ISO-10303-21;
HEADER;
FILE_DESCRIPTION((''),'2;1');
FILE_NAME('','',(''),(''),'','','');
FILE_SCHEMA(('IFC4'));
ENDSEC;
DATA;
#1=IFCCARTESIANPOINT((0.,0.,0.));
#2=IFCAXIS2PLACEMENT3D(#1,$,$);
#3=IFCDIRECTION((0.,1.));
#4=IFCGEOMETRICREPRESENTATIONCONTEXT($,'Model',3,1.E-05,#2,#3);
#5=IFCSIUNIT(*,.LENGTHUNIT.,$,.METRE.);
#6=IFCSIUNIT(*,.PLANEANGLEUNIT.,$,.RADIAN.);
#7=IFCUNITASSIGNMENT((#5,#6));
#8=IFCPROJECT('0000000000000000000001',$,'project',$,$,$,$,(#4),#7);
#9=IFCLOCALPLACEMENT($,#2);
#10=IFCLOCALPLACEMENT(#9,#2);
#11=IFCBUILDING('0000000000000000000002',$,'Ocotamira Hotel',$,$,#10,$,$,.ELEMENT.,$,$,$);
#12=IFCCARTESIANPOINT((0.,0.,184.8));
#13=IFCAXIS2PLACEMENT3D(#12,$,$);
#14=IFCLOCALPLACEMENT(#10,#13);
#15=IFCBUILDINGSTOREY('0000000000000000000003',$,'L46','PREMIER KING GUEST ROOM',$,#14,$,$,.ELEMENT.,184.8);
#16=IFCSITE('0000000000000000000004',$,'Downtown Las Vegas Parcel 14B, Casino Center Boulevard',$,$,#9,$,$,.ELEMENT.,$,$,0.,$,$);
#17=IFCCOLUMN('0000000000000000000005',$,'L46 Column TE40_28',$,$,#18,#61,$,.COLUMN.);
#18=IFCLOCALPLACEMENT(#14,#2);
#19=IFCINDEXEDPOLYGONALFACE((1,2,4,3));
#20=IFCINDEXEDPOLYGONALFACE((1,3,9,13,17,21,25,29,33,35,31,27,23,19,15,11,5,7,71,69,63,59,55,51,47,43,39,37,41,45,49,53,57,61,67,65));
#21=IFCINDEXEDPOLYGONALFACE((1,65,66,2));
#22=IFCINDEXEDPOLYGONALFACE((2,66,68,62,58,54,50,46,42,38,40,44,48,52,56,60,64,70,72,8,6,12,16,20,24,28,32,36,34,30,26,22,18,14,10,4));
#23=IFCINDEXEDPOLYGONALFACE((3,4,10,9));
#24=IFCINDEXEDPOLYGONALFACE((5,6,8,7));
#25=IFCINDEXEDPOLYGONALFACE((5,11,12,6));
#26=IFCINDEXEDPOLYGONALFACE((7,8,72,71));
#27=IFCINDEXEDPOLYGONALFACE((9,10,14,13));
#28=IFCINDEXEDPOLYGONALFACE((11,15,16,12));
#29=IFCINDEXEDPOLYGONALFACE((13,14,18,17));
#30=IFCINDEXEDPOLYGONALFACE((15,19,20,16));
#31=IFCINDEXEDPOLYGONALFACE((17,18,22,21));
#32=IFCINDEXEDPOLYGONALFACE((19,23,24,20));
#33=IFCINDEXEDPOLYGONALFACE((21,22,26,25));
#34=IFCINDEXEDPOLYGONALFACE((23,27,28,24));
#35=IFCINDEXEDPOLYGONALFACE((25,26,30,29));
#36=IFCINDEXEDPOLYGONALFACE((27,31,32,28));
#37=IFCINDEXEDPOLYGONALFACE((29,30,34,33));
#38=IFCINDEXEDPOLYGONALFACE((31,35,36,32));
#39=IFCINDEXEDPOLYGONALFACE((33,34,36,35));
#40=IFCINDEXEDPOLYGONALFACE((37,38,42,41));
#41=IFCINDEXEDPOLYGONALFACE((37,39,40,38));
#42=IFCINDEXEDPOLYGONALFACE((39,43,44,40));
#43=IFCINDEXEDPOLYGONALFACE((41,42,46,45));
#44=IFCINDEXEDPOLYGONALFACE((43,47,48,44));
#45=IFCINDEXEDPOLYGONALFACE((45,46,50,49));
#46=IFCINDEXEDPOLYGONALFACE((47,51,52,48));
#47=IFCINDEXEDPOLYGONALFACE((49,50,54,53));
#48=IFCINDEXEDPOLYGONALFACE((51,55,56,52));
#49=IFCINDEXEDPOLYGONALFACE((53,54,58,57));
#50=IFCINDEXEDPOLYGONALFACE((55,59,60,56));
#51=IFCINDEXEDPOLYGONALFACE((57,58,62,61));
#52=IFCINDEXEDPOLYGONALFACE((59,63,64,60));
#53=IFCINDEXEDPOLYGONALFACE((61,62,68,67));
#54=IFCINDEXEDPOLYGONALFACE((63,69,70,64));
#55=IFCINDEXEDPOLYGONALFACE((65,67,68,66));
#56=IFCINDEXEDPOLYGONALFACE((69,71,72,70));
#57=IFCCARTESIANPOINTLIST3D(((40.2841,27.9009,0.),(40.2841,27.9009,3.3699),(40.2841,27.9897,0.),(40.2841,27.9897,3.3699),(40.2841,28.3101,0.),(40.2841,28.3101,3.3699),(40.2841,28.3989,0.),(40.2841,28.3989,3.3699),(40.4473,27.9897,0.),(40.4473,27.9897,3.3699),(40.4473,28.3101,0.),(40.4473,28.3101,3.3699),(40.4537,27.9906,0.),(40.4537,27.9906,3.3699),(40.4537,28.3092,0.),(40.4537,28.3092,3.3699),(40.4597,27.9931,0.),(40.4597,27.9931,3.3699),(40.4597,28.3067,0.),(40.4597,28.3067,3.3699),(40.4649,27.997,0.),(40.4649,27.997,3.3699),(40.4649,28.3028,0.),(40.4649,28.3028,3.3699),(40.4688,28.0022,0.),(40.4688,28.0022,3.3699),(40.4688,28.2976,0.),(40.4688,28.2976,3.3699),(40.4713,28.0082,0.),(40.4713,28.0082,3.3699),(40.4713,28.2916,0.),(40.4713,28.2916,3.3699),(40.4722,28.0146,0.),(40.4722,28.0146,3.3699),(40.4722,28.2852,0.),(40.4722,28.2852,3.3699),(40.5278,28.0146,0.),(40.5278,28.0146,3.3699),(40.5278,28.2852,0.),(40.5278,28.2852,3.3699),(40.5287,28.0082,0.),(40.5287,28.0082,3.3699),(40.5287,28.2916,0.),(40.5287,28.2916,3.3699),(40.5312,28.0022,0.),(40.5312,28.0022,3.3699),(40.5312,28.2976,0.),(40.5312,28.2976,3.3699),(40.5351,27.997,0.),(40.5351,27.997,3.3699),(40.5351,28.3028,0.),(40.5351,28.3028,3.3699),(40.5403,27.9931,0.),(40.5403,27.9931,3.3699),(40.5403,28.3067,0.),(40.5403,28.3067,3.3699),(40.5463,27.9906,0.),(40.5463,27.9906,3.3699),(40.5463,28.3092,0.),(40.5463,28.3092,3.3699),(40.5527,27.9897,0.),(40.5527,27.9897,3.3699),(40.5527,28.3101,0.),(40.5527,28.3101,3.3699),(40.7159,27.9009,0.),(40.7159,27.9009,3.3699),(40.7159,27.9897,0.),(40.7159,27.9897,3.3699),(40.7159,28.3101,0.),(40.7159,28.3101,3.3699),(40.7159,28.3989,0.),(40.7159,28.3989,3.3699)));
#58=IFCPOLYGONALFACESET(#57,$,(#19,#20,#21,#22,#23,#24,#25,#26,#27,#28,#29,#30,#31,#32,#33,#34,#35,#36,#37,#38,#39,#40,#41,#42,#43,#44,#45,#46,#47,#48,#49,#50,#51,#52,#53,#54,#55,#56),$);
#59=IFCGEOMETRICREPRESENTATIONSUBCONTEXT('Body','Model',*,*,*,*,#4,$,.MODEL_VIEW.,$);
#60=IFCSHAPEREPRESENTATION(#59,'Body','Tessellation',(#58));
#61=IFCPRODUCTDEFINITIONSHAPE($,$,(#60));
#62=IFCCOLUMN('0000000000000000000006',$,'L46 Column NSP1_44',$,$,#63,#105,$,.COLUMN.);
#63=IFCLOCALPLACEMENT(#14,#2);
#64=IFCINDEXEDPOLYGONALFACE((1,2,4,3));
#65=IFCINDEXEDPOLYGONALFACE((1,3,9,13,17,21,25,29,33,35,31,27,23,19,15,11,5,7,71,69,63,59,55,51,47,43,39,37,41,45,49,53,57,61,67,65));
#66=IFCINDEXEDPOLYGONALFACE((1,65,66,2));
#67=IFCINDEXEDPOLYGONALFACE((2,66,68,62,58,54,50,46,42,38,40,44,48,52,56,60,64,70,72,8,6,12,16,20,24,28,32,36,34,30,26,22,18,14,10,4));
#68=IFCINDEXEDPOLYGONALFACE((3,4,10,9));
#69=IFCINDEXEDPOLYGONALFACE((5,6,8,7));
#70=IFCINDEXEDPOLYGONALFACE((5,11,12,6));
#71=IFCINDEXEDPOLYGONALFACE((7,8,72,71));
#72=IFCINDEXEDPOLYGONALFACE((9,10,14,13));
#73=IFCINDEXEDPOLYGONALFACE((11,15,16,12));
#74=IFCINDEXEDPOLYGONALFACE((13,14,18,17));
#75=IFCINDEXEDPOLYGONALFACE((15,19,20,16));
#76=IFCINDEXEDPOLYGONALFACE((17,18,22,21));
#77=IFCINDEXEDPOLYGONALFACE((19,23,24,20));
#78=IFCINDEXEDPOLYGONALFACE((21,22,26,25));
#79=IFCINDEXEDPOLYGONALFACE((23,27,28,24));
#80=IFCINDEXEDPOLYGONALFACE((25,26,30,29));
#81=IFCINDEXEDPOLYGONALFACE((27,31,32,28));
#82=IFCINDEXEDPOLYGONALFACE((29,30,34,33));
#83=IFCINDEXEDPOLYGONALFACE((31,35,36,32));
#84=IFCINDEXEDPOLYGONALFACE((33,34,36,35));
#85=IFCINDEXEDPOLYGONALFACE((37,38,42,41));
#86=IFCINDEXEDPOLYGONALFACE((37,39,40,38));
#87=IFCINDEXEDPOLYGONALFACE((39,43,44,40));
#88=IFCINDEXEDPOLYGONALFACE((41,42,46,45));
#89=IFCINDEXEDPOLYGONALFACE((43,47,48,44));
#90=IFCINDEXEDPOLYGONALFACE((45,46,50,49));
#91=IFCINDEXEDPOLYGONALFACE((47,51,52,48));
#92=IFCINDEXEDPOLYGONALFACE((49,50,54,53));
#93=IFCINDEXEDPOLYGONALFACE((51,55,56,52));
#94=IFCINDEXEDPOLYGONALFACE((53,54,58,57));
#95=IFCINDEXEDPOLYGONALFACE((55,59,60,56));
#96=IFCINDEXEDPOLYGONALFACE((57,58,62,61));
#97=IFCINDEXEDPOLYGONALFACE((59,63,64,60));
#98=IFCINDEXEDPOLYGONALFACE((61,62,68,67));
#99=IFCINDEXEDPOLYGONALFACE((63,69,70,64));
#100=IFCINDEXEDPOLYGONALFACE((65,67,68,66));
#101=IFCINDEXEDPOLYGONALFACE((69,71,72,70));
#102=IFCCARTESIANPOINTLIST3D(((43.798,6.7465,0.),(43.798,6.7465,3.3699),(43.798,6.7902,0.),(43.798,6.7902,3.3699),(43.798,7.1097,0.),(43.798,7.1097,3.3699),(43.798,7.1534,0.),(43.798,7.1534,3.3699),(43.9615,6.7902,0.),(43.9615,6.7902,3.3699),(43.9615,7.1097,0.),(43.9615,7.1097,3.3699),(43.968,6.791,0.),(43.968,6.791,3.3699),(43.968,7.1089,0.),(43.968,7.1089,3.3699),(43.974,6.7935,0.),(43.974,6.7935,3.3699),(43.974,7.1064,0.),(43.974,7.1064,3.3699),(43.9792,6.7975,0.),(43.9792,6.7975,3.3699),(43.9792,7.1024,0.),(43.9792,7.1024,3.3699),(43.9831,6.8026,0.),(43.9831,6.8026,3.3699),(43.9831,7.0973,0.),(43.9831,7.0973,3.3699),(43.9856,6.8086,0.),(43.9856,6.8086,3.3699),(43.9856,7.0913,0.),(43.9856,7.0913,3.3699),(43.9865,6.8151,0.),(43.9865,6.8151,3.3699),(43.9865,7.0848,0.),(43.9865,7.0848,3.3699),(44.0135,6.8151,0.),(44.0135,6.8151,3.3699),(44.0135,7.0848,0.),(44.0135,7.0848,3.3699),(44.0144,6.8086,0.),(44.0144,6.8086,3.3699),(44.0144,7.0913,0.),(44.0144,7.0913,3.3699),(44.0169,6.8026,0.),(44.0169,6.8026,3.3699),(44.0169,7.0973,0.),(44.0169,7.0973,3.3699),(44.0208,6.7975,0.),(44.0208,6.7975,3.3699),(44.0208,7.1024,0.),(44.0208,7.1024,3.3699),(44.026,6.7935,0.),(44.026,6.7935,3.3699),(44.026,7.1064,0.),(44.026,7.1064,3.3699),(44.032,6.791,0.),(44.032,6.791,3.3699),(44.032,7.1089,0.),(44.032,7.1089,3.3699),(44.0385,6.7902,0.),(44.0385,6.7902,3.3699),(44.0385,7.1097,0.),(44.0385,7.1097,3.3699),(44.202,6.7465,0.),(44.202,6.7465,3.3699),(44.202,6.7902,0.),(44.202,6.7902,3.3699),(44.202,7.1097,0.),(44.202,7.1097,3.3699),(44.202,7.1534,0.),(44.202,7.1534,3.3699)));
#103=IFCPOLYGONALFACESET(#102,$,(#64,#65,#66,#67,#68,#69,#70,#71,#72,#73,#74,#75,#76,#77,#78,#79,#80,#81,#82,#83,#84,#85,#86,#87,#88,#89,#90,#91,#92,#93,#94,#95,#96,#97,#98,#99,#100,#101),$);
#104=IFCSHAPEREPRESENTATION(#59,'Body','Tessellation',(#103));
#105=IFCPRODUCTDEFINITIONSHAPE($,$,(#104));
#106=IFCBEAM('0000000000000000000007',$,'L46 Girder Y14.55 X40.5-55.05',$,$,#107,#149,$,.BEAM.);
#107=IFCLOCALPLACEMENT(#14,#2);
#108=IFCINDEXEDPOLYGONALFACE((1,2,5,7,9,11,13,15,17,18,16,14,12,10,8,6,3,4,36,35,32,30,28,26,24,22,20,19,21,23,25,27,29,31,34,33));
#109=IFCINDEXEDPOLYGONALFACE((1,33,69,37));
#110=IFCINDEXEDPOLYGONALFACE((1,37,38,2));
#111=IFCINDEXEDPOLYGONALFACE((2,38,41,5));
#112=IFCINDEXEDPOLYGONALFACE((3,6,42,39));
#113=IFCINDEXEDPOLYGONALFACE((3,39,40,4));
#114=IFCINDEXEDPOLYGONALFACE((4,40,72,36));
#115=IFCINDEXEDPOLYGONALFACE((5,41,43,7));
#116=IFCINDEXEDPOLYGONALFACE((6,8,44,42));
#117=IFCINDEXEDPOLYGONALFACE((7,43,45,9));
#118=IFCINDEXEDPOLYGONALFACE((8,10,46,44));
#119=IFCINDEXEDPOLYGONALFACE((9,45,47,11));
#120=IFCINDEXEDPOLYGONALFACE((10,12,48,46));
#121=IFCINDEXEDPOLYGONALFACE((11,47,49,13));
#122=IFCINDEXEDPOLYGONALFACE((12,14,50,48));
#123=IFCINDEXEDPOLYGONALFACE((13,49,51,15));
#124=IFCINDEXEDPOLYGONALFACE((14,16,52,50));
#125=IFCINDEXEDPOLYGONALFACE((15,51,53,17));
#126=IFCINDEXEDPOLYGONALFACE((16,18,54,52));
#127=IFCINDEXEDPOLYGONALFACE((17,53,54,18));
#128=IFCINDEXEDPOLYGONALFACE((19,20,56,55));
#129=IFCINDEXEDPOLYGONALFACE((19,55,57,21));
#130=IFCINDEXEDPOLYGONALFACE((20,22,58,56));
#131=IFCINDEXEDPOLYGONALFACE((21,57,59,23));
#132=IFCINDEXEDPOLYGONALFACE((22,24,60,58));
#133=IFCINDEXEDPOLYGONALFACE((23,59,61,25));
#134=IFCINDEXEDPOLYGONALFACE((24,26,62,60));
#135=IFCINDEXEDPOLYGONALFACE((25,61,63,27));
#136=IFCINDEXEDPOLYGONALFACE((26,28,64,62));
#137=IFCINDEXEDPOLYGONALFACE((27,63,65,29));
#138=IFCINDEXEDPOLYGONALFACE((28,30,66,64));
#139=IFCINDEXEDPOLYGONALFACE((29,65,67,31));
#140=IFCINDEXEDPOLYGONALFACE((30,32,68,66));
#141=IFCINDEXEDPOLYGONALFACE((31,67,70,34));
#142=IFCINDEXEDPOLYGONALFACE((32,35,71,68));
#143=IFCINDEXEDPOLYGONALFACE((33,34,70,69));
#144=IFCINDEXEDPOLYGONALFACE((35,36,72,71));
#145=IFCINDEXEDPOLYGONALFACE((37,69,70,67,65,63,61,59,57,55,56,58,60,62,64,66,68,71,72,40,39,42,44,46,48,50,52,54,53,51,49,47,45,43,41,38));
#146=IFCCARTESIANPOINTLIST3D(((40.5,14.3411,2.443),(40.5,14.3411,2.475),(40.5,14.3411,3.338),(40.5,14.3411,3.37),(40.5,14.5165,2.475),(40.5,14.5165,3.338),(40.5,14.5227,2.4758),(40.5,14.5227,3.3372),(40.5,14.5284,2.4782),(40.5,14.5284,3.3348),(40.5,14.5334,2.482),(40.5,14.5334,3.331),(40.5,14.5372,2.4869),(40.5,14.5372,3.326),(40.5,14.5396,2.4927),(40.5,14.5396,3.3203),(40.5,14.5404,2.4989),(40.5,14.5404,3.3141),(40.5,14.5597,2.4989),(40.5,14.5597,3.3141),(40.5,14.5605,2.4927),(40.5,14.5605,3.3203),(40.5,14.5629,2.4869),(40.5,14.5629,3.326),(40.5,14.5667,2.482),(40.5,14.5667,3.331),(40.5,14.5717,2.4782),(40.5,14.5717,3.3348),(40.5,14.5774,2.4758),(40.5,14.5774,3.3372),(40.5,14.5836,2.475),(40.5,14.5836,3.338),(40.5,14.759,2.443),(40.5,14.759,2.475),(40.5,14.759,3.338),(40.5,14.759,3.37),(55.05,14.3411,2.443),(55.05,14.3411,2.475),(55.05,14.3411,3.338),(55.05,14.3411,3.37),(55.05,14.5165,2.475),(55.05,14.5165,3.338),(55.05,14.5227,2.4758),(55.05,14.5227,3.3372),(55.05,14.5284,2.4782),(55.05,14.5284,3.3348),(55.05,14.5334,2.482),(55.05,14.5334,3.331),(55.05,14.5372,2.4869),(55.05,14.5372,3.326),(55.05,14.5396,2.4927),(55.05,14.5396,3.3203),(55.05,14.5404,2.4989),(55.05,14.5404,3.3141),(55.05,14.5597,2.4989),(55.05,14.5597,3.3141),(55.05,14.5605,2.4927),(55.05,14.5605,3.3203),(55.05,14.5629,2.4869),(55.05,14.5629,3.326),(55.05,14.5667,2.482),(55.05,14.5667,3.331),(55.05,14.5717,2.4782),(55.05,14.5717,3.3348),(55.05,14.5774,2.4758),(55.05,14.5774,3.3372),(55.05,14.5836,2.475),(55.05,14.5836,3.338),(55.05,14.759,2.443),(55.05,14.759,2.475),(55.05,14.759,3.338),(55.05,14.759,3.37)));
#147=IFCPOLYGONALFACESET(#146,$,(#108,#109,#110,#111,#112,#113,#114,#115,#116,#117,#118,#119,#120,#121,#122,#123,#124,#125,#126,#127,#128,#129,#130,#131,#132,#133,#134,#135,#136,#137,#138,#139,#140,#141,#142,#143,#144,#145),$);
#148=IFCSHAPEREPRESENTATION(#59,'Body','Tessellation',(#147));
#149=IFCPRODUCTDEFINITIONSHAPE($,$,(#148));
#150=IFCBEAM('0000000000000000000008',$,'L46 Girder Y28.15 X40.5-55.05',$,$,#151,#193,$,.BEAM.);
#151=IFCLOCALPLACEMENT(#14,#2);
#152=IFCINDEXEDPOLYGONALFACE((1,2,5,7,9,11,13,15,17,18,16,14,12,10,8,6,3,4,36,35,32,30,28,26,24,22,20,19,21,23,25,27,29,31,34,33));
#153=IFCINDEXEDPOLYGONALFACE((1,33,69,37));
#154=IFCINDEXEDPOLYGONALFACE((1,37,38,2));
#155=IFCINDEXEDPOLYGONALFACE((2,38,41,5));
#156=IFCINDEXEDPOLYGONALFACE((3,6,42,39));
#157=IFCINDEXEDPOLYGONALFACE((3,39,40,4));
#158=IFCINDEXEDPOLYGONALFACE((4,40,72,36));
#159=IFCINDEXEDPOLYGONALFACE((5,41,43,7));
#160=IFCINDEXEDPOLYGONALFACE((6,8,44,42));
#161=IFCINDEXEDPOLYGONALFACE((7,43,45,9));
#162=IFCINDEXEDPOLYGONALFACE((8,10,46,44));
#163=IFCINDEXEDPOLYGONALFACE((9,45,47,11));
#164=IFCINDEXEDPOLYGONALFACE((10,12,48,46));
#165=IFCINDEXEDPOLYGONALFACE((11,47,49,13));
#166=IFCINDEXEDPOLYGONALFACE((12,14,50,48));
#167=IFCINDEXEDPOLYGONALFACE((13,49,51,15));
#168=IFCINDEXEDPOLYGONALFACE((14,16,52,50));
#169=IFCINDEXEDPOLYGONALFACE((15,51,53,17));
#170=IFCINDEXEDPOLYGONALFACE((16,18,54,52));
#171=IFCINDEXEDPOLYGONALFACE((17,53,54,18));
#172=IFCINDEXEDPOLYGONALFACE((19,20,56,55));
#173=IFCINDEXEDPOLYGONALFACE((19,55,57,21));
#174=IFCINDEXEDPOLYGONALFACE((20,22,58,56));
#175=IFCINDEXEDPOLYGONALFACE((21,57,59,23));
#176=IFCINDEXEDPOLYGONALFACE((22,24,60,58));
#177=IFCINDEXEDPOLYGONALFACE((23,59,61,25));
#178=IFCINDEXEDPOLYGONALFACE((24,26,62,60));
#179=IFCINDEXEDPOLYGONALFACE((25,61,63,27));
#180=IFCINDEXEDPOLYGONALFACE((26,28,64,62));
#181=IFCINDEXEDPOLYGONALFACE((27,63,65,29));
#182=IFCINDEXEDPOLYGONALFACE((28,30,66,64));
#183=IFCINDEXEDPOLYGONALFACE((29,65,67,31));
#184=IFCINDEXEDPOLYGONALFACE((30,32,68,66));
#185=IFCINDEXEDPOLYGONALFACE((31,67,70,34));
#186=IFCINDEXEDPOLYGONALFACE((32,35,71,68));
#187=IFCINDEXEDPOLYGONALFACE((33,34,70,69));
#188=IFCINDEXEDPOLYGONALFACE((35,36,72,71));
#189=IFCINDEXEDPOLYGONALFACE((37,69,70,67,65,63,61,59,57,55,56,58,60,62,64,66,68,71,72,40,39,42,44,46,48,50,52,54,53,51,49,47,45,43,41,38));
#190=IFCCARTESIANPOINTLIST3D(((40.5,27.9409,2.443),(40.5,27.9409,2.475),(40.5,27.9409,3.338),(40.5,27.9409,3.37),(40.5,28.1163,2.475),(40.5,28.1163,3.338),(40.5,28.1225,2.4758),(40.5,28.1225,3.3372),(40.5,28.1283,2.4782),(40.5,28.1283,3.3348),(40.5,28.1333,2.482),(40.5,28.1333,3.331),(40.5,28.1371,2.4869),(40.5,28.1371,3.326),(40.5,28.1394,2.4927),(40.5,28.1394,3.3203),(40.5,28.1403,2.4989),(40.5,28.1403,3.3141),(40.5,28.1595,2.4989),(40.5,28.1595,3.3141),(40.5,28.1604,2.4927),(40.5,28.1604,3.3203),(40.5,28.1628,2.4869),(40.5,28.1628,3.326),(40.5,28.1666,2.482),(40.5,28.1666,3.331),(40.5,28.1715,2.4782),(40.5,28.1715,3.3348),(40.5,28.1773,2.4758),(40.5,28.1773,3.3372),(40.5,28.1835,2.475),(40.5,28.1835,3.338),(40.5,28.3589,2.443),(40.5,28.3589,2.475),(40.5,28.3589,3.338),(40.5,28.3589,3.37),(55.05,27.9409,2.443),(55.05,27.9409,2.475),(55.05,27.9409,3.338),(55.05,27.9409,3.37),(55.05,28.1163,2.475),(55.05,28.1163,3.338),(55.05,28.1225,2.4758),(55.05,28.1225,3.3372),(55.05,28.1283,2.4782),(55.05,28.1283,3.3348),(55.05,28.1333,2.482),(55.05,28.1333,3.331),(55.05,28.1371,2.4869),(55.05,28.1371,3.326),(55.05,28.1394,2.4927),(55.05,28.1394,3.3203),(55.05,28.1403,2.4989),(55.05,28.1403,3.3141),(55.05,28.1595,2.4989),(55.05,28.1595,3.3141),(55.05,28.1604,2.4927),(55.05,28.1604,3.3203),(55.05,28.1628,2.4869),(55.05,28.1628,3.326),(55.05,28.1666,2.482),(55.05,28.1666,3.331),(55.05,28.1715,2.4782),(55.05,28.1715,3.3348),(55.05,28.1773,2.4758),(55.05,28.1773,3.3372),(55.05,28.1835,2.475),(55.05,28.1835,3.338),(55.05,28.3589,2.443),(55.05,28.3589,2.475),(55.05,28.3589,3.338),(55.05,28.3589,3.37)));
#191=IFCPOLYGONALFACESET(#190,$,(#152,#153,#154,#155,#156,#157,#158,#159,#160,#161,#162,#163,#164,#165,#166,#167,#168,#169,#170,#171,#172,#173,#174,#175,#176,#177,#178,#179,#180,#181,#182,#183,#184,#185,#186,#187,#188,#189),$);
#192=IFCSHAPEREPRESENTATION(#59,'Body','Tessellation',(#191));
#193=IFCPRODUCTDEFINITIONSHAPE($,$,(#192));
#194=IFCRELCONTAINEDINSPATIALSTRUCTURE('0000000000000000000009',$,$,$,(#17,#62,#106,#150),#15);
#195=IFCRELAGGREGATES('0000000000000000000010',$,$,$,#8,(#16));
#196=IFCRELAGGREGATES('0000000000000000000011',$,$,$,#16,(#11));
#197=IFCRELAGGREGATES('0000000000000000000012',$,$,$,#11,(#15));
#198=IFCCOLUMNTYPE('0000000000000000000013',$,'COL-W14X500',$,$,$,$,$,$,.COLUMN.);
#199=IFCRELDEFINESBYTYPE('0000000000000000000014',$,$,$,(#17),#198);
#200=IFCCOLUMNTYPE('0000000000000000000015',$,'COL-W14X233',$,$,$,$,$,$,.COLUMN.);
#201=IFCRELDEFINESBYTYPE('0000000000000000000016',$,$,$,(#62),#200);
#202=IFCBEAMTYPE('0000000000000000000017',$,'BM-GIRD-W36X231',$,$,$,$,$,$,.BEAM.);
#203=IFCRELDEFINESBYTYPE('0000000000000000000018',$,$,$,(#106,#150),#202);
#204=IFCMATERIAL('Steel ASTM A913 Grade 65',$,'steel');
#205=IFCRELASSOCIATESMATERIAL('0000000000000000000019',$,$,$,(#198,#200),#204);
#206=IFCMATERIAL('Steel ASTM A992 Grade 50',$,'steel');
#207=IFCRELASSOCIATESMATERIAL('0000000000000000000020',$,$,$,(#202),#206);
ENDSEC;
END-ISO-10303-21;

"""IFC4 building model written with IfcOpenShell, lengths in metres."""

from ifc_helpers import new_model, si_unit, direction, frame, origin, origin_2d, place, context, subcontext, project, spatial, i_section, extrude, source, transform, mapped, material, material_profile, profile_set, type_object, element, save


model = new_model("IFC4")

# Units and contexts
model_context = context("Model", 3, precision=1e-05, world=origin(), true_north=direction((0.0, 1.0)))
body_context = subcontext(model_context, "Body", "Model", "MODEL_VIEW")
ifc_project = project(units=[si_unit("LENGTHUNIT", "METRE"), si_unit("PLANEANGLEUNIT", "RADIAN")], contexts=[model_context])

# Site, building, storey
site_placement = place(None, origin())
site = spatial("IfcSite", under=ifc_project, at=site_placement, Name="Downtown Las Vegas Parcel 14B, Casino Center Boulevard", CompositionType="ELEMENT", RefElevation=0.0)
building_placement = place(site_placement, origin())
building = spatial("IfcBuilding", under=site, at=building_placement, Name="Ocotamira Hotel", CompositionType="ELEMENT")
storey_placement = place(building_placement, frame((0.0, 0.0, 184.8)))
storey = spatial("IfcBuildingStorey", under=building, at=storey_placement, Name="L46", Description="PREMIER KING GUEST ROOM", CompositionType="ELEMENT", Elevation=184.8)

# Columns
ifc_material_1 = material(Name="Steel ASTM A913 Grade 65", Category="steel")
ifc_material_profile_1 = material_profile(ifc_material_1, i_section(OverallWidth=0.4319, OverallDepth=0.498, WebThickness=0.0557, FlangeThickness=0.0889, FilletRadius=0.0249, at=origin_2d()), Name="W14X500")
ifc_profile_set_1 = profile_set([ifc_material_profile_1], Name="Steel ASTM A913 Grade 65")
column_type_1 = type_object("IfcColumnType", Name="COL-W14X500", PredefinedType="COLUMN", material=ifc_profile_set_1)
shared_shape_1 = source(origin(), body_context, "Body", "SweptSolid", [
    extrude(i_section(OverallWidth=0.4319, OverallDepth=0.498, WebThickness=0.0557, FlangeThickness=0.0889, FilletRadius=0.0249, at=origin_2d()), origin(), (0.0, 0.0, 1.0), 3.3699),
])
column_1_placement = place(storey_placement, frame((40.5, 28.1499, 0.0), z_axis=(0.0, 0.0, 1.0), x_axis=(1.0, 0.0, 0.0)))
element("IfcColumn", 1, at=column_1_placement, inside=storey, type_object=column_type_1, Name="L46 Column TE40_28", PredefinedType="COLUMN", context=body_context, shape_type="MappedRepresentation", body=[
    mapped(shared_shape_1, transform((0.0, 0.0, 0.0), scale=1.0)),
])
ifc_material_profile_2 = material_profile(ifc_material_1, i_section(OverallWidth=0.4041, OverallDepth=0.407, WebThickness=0.0271, FlangeThickness=0.0437, FilletRadius=0.0249, at=origin_2d()), Name="W14X233")
ifc_profile_set_2 = profile_set([ifc_material_profile_2], Name="Steel ASTM A913 Grade 65")
column_type_2 = type_object("IfcColumnType", Name="COL-W14X233", PredefinedType="COLUMN", material=ifc_profile_set_2)
shared_shape_2 = source(origin(), body_context, "Body", "SweptSolid", [
    extrude(i_section(OverallWidth=0.4041, OverallDepth=0.407, WebThickness=0.0271, FlangeThickness=0.0437, FilletRadius=0.0249, at=origin_2d()), origin(), (0.0, 0.0, 1.0), 3.3699),
])
column_2_placement = place(storey_placement, frame((44.0, 6.95, 0.0), z_axis=(0.0, 0.0, 1.0), x_axis=(1.0, 0.0, 0.0)))
element("IfcColumn", 2, at=column_2_placement, inside=storey, type_object=column_type_2, Name="L46 Column NSP1_44", PredefinedType="COLUMN", context=body_context, shape_type="MappedRepresentation", body=[
    mapped(shared_shape_2, transform((0.0, 0.0, 0.0), scale=1.0)),
])

# Beams
ifc_material_2 = material(Name="Steel ASTM A992 Grade 50", Category="steel")
ifc_material_profile_3 = material_profile(ifc_material_2, i_section(OverallWidth=0.418, OverallDepth=0.927, WebThickness=0.0193, FlangeThickness=0.032, FilletRadius=0.0239, at=origin_2d()), Name="W36X231")
ifc_profile_set_3 = profile_set([ifc_material_profile_3], Name="Steel ASTM A992 Grade 50")
beam_type_1 = type_object("IfcBeamType", Name="BM-GIRD-W36X231", PredefinedType="BEAM", material=ifc_profile_set_3)
shared_shape_3 = source(origin(), body_context, "Body", "SweptSolid", [
    extrude(i_section(OverallWidth=0.418, OverallDepth=0.927, WebThickness=0.0193, FlangeThickness=0.032, FilletRadius=0.0239, at=origin_2d()), origin(), (0.0, 0.0, 1.0), 14.55),
])
for number, where, z_axis, x_axis, name in (
    (3, (40.5, 14.55, 2.9065), (1.0, 0.0, 0.0), (0.0, 1.0, 0.0), "L46 Girder Y14.55 X40.5-55.05"),
    (4, (40.5, 28.1499, 2.9065), (1.0, 0.0, 0.0), (0.0, 1.0, 0.0), "L46 Girder Y28.15 X40.5-55.05"),
):
    element("IfcBeam", number, at=place(storey_placement, frame(where, z_axis=z_axis, x_axis=x_axis)), inside=storey, type_object=beam_type_1, Name=name, PredefinedType="BEAM", context=body_context, shape_type="MappedRepresentation", body=[
        mapped(shared_shape_3, transform((0.0, 0.0, 0.0), scale=1.0)),
    ])

save(model, "model.ifc")
